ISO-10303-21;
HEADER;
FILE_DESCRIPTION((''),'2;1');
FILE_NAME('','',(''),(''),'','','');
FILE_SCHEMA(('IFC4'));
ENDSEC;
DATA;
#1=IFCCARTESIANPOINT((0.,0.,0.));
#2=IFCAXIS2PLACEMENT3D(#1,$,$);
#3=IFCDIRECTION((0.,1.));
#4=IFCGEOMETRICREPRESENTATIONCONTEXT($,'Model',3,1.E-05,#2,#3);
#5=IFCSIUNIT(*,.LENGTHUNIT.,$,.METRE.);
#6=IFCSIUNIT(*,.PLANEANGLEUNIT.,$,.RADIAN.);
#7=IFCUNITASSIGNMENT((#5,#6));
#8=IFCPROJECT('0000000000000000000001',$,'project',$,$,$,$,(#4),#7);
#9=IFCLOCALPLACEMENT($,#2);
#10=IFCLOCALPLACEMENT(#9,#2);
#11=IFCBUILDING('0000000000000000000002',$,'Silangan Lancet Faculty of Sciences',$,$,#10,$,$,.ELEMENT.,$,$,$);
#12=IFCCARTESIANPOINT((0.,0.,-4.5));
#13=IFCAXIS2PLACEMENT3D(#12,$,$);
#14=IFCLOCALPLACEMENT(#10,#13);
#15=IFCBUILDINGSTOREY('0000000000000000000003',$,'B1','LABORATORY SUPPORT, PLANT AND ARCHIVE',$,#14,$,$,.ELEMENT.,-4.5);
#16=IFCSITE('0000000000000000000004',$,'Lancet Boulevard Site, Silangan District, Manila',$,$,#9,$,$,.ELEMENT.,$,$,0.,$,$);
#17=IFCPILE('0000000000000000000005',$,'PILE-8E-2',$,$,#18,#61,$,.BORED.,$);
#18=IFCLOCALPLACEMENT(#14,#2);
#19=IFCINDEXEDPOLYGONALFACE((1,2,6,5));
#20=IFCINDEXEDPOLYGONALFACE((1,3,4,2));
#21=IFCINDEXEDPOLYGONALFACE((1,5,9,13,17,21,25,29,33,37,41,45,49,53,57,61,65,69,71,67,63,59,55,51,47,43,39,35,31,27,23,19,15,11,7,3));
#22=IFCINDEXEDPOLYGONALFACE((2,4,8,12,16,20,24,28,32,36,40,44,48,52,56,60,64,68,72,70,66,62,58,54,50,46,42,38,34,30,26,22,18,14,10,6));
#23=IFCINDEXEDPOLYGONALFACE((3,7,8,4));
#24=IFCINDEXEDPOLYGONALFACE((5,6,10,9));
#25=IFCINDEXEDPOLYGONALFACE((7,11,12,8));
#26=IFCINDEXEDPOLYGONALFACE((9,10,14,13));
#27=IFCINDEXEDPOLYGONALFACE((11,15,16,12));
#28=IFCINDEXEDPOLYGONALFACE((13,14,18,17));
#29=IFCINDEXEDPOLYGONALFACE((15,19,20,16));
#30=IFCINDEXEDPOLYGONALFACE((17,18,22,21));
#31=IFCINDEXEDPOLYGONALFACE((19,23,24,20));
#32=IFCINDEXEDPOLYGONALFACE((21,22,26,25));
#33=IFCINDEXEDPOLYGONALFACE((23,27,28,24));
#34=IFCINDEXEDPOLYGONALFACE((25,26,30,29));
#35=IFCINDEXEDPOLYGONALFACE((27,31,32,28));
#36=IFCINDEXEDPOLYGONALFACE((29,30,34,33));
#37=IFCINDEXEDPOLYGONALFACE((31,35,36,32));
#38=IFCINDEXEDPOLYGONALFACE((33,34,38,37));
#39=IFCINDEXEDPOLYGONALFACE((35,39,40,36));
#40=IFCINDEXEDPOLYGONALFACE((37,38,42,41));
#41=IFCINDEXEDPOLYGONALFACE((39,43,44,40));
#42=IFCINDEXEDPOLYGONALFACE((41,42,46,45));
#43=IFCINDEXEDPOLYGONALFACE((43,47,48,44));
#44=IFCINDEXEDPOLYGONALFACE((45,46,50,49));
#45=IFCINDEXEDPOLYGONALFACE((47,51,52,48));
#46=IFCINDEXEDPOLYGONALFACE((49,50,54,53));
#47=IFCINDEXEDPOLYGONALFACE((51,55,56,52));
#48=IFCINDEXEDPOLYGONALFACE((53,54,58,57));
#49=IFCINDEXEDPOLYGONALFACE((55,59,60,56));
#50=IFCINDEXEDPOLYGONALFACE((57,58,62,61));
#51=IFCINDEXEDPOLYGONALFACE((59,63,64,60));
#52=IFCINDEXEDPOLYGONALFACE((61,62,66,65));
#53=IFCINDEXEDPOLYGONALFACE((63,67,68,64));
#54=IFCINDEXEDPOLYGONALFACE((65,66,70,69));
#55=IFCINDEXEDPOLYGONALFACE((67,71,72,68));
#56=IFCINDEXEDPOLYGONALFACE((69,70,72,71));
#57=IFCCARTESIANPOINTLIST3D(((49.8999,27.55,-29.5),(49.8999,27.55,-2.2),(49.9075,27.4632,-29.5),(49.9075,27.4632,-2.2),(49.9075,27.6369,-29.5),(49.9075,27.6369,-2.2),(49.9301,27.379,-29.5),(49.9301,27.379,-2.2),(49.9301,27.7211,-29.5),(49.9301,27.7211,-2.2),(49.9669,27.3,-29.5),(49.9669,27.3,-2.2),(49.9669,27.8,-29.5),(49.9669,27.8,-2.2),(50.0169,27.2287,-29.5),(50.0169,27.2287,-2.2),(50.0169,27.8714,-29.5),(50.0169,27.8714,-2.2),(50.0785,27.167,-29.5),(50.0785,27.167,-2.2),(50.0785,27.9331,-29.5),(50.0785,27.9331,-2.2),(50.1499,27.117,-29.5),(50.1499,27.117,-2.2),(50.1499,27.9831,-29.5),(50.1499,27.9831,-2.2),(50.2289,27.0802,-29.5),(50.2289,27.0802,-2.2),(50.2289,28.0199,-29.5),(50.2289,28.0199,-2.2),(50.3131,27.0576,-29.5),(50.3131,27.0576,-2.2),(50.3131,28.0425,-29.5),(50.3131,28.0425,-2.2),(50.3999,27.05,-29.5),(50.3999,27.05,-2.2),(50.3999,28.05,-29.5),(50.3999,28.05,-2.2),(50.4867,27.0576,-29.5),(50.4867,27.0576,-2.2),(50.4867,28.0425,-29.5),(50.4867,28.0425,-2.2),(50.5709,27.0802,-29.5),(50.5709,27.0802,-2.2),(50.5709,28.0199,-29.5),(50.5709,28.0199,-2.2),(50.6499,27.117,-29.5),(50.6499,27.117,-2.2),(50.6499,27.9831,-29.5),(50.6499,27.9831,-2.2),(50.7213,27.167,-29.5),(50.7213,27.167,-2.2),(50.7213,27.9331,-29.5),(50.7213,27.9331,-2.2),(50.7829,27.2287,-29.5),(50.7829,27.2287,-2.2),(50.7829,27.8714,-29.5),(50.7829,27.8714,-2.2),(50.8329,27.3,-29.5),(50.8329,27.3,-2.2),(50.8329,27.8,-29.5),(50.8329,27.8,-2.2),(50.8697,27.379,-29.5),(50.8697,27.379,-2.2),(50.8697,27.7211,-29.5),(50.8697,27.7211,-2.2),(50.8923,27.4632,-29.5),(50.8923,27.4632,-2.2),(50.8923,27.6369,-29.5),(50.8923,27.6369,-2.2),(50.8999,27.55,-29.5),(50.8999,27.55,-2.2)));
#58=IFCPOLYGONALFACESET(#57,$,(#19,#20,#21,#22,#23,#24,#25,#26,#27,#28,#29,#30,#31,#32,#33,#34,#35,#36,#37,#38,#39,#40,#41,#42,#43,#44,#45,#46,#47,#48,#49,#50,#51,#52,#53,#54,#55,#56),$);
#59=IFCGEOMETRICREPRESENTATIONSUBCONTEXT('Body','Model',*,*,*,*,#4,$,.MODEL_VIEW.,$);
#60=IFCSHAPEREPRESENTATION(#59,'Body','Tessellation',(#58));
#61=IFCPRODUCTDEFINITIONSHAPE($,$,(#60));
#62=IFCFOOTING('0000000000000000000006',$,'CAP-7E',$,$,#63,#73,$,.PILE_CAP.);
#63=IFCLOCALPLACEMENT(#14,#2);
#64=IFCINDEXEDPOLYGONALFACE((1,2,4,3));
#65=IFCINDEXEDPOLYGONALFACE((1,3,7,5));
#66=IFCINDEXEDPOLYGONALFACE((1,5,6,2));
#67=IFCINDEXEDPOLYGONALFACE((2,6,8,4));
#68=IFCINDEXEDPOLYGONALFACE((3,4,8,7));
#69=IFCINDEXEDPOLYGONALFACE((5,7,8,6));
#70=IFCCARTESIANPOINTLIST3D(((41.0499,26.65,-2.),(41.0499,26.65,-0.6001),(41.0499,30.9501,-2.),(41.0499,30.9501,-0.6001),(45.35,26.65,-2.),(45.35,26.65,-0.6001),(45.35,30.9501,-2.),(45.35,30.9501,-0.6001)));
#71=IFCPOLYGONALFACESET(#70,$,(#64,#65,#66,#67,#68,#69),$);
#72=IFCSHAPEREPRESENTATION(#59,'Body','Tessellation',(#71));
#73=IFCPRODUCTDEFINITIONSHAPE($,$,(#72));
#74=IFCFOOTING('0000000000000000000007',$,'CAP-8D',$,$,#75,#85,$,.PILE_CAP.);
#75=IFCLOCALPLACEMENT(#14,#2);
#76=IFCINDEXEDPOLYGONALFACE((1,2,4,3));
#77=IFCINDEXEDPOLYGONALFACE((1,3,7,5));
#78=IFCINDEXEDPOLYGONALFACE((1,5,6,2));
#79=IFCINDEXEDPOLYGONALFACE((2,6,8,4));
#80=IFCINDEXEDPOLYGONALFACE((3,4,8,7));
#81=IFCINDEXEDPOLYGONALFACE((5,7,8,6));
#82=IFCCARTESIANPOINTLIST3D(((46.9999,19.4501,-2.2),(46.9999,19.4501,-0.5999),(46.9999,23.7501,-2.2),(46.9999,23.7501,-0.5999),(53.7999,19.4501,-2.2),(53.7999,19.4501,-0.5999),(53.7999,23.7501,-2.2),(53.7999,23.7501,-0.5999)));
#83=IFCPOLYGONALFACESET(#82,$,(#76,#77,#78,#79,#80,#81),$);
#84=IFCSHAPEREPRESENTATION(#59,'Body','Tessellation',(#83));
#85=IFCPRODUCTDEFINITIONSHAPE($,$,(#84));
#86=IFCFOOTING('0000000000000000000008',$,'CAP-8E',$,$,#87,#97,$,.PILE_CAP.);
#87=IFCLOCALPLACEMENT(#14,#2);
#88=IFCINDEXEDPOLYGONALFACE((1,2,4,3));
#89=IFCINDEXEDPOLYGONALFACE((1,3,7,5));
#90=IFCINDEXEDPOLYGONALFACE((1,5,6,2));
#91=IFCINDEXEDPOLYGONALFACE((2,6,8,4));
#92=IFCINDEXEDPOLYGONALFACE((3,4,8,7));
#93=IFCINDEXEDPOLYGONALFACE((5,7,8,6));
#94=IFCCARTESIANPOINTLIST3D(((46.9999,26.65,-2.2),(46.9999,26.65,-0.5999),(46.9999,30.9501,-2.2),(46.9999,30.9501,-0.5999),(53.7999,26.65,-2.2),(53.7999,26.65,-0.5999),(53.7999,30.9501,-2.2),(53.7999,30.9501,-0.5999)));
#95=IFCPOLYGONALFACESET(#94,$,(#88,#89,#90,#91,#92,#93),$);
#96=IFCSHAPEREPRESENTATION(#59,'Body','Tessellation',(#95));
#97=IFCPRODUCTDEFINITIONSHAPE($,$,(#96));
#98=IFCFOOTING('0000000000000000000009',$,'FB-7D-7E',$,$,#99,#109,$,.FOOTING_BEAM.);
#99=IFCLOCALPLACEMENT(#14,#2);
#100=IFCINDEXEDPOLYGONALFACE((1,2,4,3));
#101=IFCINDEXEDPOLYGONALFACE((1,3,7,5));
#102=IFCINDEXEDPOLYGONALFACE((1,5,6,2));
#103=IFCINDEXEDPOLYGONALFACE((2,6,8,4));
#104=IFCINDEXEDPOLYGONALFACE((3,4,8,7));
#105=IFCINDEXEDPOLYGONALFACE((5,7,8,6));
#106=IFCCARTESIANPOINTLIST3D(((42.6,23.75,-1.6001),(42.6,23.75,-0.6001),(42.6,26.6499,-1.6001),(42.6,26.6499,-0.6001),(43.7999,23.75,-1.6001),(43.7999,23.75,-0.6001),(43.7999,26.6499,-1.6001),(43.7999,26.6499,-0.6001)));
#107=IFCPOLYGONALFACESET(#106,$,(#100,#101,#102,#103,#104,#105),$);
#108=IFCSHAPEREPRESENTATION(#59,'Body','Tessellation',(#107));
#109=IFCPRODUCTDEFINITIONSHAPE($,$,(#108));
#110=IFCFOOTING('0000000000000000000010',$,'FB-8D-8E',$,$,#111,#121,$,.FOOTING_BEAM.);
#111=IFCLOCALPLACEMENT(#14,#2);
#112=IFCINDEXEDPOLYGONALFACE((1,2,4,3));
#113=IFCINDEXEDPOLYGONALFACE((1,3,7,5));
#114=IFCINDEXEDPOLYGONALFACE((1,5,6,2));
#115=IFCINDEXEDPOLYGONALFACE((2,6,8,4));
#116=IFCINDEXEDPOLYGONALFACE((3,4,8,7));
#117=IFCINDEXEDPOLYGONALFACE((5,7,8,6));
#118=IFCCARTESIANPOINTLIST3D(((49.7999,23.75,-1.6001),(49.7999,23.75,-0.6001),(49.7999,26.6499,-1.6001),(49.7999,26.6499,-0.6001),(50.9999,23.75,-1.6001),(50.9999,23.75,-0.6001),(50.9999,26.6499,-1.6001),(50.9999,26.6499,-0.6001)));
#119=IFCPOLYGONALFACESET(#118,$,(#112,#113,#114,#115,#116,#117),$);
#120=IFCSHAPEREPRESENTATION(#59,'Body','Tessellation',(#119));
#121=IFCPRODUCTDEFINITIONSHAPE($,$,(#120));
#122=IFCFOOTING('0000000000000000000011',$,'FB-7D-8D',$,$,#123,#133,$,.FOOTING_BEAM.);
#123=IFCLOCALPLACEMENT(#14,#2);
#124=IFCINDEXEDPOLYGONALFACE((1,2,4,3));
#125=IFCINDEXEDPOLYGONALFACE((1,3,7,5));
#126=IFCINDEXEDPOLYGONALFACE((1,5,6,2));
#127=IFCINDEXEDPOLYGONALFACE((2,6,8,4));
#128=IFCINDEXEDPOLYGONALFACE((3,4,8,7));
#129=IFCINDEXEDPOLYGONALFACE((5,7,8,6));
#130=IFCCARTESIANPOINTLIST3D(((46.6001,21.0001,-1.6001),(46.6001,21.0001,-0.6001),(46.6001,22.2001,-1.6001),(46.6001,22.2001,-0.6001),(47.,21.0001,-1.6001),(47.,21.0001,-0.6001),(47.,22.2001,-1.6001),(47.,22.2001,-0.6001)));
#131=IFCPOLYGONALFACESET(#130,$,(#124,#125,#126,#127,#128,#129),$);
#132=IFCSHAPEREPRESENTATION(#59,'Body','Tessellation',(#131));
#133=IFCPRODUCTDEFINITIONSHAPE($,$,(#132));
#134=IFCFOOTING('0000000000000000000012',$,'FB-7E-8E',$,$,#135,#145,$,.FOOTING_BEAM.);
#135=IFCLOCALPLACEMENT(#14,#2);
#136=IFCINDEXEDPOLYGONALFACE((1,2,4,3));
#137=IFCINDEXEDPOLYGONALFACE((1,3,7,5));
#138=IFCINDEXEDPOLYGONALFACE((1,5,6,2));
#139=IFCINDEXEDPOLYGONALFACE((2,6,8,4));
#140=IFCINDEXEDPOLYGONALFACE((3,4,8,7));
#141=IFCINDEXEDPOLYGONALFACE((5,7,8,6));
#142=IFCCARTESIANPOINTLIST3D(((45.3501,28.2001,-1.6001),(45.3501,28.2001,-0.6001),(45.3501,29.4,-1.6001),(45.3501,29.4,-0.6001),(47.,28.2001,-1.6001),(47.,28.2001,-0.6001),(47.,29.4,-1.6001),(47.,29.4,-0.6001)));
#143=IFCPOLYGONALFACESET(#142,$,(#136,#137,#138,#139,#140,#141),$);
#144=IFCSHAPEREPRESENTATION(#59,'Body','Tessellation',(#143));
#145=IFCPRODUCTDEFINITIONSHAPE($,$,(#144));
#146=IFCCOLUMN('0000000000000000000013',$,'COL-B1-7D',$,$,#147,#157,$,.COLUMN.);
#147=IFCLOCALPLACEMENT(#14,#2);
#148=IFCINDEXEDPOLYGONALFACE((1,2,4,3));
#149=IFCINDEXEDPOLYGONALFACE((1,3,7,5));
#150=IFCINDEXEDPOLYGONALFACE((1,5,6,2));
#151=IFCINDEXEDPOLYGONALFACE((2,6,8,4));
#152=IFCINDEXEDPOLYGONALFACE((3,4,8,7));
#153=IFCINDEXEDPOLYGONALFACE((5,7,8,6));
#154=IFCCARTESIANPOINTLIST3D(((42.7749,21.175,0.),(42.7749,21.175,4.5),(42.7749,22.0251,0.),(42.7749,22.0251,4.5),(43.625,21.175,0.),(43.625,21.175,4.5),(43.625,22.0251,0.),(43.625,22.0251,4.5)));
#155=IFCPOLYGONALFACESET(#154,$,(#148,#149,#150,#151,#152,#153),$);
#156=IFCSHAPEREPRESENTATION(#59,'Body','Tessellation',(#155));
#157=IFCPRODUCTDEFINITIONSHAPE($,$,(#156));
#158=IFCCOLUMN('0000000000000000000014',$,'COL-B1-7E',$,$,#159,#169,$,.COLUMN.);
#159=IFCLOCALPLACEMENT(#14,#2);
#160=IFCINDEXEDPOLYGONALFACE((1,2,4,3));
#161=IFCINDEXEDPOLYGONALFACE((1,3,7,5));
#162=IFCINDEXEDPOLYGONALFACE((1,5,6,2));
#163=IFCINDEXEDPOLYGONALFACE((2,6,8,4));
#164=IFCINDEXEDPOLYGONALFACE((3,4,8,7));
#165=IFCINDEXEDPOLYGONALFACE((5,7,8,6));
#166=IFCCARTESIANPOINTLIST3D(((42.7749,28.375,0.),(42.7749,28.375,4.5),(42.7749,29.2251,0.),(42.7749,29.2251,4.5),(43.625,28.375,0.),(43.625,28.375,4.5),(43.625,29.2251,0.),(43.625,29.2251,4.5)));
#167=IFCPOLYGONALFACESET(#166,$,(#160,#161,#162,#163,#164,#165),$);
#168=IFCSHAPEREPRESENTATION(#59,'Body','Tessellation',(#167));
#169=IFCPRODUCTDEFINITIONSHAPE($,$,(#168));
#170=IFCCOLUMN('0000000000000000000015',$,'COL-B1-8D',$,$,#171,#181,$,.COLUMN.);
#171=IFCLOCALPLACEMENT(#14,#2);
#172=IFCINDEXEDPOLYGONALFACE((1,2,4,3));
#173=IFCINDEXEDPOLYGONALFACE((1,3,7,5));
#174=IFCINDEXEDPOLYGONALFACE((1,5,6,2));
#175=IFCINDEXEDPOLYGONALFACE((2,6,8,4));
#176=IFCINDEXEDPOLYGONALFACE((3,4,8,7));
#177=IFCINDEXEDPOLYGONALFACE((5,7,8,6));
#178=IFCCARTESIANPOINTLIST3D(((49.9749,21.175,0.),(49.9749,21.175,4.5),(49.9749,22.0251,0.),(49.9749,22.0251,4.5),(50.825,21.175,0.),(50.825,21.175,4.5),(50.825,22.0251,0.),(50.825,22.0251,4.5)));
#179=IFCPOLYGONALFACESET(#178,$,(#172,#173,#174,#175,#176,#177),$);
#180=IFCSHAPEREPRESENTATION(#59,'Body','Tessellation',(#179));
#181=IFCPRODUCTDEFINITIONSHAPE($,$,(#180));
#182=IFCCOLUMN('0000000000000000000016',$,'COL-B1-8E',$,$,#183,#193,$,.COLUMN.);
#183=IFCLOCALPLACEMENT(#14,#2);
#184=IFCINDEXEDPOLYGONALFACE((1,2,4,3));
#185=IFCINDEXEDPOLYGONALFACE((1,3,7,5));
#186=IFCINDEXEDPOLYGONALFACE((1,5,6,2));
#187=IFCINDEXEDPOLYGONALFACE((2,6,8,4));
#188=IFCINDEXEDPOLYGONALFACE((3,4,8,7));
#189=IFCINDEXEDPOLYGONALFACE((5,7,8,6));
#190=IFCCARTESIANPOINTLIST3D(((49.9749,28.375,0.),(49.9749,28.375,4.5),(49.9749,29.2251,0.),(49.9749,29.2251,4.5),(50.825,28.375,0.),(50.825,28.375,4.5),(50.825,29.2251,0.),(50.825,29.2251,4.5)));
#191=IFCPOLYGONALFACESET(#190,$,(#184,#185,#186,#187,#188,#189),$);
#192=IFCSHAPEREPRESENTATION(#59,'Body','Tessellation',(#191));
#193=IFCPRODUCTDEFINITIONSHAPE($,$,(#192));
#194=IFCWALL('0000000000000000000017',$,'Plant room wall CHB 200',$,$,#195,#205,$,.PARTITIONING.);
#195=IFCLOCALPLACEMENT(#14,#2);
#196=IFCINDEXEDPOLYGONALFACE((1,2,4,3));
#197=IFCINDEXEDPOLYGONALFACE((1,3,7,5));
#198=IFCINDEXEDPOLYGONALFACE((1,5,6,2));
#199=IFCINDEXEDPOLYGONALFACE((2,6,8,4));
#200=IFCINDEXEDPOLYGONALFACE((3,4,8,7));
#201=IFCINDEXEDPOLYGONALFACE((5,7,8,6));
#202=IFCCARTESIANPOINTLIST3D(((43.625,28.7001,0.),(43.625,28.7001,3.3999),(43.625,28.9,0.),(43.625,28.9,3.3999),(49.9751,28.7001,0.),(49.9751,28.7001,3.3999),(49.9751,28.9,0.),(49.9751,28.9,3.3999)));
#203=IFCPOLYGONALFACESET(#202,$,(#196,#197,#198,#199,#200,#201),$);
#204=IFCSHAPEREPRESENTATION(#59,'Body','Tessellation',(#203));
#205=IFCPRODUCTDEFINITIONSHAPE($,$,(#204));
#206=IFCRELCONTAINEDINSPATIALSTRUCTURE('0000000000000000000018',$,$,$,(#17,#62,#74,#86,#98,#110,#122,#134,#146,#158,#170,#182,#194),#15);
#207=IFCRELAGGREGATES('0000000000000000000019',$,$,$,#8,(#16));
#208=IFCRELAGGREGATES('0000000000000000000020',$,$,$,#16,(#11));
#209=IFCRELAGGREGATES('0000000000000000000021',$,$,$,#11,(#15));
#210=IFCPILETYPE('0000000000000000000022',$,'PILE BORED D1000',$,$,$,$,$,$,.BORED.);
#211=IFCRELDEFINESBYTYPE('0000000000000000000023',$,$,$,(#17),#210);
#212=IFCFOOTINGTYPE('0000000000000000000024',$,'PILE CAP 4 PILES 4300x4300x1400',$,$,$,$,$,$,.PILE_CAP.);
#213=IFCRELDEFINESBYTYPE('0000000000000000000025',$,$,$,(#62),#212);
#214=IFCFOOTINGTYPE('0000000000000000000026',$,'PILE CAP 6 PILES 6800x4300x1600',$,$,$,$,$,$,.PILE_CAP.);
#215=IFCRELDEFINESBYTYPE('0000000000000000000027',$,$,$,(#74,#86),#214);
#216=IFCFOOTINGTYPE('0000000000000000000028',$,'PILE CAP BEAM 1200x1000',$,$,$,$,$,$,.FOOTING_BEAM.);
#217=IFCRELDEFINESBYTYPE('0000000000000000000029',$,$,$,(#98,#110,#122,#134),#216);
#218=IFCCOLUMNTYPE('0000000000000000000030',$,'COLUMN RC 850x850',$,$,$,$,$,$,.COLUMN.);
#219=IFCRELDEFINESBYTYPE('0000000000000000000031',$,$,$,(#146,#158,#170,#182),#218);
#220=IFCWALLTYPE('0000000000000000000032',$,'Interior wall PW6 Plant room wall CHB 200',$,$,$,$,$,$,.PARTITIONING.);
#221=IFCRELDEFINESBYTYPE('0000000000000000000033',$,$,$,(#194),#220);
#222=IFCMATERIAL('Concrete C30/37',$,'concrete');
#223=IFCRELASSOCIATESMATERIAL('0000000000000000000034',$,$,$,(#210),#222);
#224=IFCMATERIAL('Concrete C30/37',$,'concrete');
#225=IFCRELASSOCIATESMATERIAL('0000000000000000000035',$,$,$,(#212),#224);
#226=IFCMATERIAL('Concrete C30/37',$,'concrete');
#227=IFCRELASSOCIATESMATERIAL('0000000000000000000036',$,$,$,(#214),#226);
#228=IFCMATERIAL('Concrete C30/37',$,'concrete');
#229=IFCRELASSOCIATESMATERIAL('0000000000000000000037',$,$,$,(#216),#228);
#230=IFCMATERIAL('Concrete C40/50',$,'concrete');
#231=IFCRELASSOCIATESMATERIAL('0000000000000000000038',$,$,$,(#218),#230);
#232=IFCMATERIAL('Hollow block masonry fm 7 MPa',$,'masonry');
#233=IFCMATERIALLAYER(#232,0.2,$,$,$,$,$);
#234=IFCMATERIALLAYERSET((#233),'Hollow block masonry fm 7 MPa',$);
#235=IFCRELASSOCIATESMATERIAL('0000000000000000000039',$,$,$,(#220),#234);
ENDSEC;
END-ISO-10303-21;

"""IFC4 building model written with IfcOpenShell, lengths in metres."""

from ifc_helpers import new_model, si_unit, direction, frame, frame_2d, origin, origin_2d, place, context, subcontext, project, spatial, rectangle, circle, extrude, material, layer, layer_set, material_profile, profile_set, type_object, element, save


model = new_model("IFC4")

# Units and contexts
model_context = context("Model", 3, precision=1e-05, world=origin(), true_north=direction((0.0, 1.0)))
body_context = subcontext(model_context, "Body", "Model", "MODEL_VIEW")
ifc_project = project(units=[si_unit("LENGTHUNIT", "METRE"), si_unit("PLANEANGLEUNIT", "RADIAN")], contexts=[model_context])

# Site, building, storey
site_placement = place(None, origin())
site = spatial("IfcSite", under=ifc_project, at=site_placement, Name="Lancet Boulevard Site, Silangan District, Manila", CompositionType="ELEMENT", RefElevation=0.0)
building_placement = place(site_placement, origin())
building = spatial("IfcBuilding", under=site, at=building_placement, Name="Silangan Lancet Faculty of Sciences", CompositionType="ELEMENT")
storey_placement = place(building_placement, frame((0.0, 0.0, -4.5)))
storey = spatial("IfcBuildingStorey", under=building, at=storey_placement, Name="B1", Description="LABORATORY SUPPORT, PLANT AND ARCHIVE", CompositionType="ELEMENT", Elevation=-4.5)

# Pile
ifc_material_1 = material(Name="Concrete C30/37", Category="concrete")
ifc_material_profile_1 = material_profile(ifc_material_1, circle(Radius=0.5, at=origin_2d()), Name="BORED PILE D1000")
ifc_profile_set_1 = profile_set([ifc_material_profile_1], Name="Concrete C30/37")
pile_type = type_object("IfcPileType", Name="PILE BORED D1000", PredefinedType="BORED", material=ifc_profile_set_1)
for number, where, z_axis, x_axis, name in (
    (1, (50.3999, 27.55, -2.2), (0.0, 0.0, -1.0), (1.0, 0.0, 0.0), "PILE-8E-2"),
):
    element("IfcPile", number, at=place(storey_placement, frame(where, z_axis=z_axis, x_axis=x_axis)), inside=storey, type_object=pile_type, Name=name, PredefinedType="BORED", context=body_context, shape_type="SweptSolid", body=[
        extrude(circle(Radius=0.5, at=origin_2d()), origin(), (0.0, 0.0, 1.0), 27.3),
    ])

# Footings
ifc_material_2 = material(Name="Concrete C30/37", Category="concrete")
footing_type_1 = type_object("IfcFootingType", Name="PILE CAP 4 PILES 4300x4300x1400", PredefinedType="PILE_CAP", material=ifc_material_2)
footing_1_placement = place(storey_placement, frame((43.2, 28.8, -2.0), z_axis=(0.0, 0.0, 1.0), x_axis=(1.0, 0.0, 0.0)))
element("IfcFooting", 2, at=footing_1_placement, inside=storey, type_object=footing_type_1, Name="CAP-7E", PredefinedType="PILE_CAP", context=body_context, shape_type="SweptSolid", body=[
    extrude(rectangle(XDim=4.3, YDim=4.3, at=origin_2d()), origin(), (0.0, 0.0, 1.0), 1.3999),
])
ifc_material_3 = material(Name="Concrete C30/37", Category="concrete")
footing_type_2 = type_object("IfcFootingType", Name="PILE CAP 6 PILES 6800x4300x1600", PredefinedType="PILE_CAP", material=ifc_material_3)
for number, where, z_axis, x_axis, name in (
    (3, (50.3999, 21.6001, -2.2), (0.0, 0.0, 1.0), (1.0, 0.0, 0.0), "CAP-8D"),
    (4, (50.3999, 28.8, -2.2), (0.0, 0.0, 1.0), (1.0, 0.0, 0.0), "CAP-8E"),
):
    element("IfcFooting", number, at=place(storey_placement, frame(where, z_axis=z_axis, x_axis=x_axis)), inside=storey, type_object=footing_type_2, Name=name, PredefinedType="PILE_CAP", context=body_context, shape_type="SweptSolid", body=[
        extrude(rectangle(XDim=6.8, YDim=4.3, at=origin_2d()), origin(), (0.0, 0.0, 1.0), 1.6001),
    ])
ifc_material_4 = material(Name="Concrete C30/37", Category="concrete")
footing_type_3 = type_object("IfcFootingType", Name="PILE CAP BEAM 1200x1000", PredefinedType="FOOTING_BEAM", material=ifc_material_4)
for number, where, z_axis, x_axis, name in (
    (5, (43.2, 25.2, -1.6001), (0.0, 0.0, 1.0), (0.0, 1.0, 0.0), "FB-7D-7E"),
    (6, (50.3999, 25.2, -1.6001), (0.0, 0.0, 1.0), (0.0, 1.0, 0.0), "FB-8D-8E"),
):
    element("IfcFooting", number, at=place(storey_placement, frame(where, z_axis=z_axis, x_axis=x_axis)), inside=storey, type_object=footing_type_3, Name=name, PredefinedType="FOOTING_BEAM", context=body_context, shape_type="SweptSolid", body=[
        extrude(rectangle(XDim=2.8999, YDim=1.2, at=origin_2d()), origin(), (0.0, 0.0, 1.0), 1.0),
    ])
footing_2_placement = place(storey_placement, frame((46.8, 21.6001, -1.6001), z_axis=(0.0, 0.0, 1.0), x_axis=(1.0, 0.0, 0.0)))
element("IfcFooting", 7, at=footing_2_placement, inside=storey, type_object=footing_type_3, Name="FB-7D-8D", PredefinedType="FOOTING_BEAM", context=body_context, shape_type="SweptSolid", body=[
    extrude(rectangle(XDim=0.3999, YDim=1.2, at=origin_2d()), origin(), (0.0, 0.0, 1.0), 1.0),
])
footing_3_placement = place(storey_placement, frame((46.175, 28.8, -1.6001), z_axis=(0.0, 0.0, 1.0), x_axis=(1.0, 0.0, 0.0)))
element("IfcFooting", 8, at=footing_3_placement, inside=storey, type_object=footing_type_3, Name="FB-7E-8E", PredefinedType="FOOTING_BEAM", context=body_context, shape_type="SweptSolid", body=[
    extrude(rectangle(XDim=1.6499, YDim=1.2, at=origin_2d()), origin(), (0.0, 0.0, 1.0), 1.0),
])

# Columns
ifc_material_5 = material(Name="Concrete C40/50", Category="concrete")
ifc_material_profile_2 = material_profile(ifc_material_5, rectangle(XDim=0.8501, YDim=0.8501, at=origin_2d()), Name="RC 850x850")
ifc_profile_set_2 = profile_set([ifc_material_profile_2], Name="Concrete C40/50")
column_type = type_object("IfcColumnType", Name="COLUMN RC 850x850", PredefinedType="COLUMN", material=ifc_profile_set_2)
for number, where, z_axis, x_axis, name in (
    (9, (43.2, 21.6001, 0.0), (0.0, 0.0, 1.0), (1.0, 0.0, 0.0), "COL-B1-7D"),
    (10, (43.2, 28.8, 0.0), (0.0, 0.0, 1.0), (1.0, 0.0, 0.0), "COL-B1-7E"),
    (11, (50.3999, 21.6001, 0.0), (0.0, 0.0, 1.0), (1.0, 0.0, 0.0), "COL-B1-8D"),
    (12, (50.3999, 28.8, 0.0), (0.0, 0.0, 1.0), (1.0, 0.0, 0.0), "COL-B1-8E"),
):
    element("IfcColumn", number, at=place(storey_placement, frame(where, z_axis=z_axis, x_axis=x_axis)), inside=storey, type_object=column_type, Name=name, PredefinedType="COLUMN", context=body_context, shape_type="SweptSolid", body=[
        extrude(rectangle(XDim=0.8501, YDim=0.8501, at=origin_2d()), origin(), (0.0, 0.0, 1.0), 4.5),
    ])

# Wall
ifc_material_6 = material(Name="Hollow block masonry fm 7 MPa", Category="masonry")
ifc_layer = layer(ifc_material_6, 0.2)
ifc_layer_set = layer_set([ifc_layer], Name="Hollow block masonry fm 7 MPa")
wall_type = type_object("IfcWallType", Name="Interior wall PW6 Plant room wall CHB 200", PredefinedType="PARTITIONING", material=ifc_layer_set)
wall_placement = place(storey_placement, frame((43.625, 28.8, 0.0), z_axis=(0.0, 0.0, 1.0), x_axis=(1.0, 0.0, 0.0)))
element("IfcWall", 13, at=wall_placement, inside=storey, type_object=wall_type, Name="Plant room wall CHB 200", PredefinedType="PARTITIONING", context=body_context, shape_type="SweptSolid", body=[
    extrude(rectangle(XDim=6.3501, YDim=0.2, at=frame_2d((3.175, 0.0))), origin(), (0.0, 0.0, 1.0), 3.3999),
])

save(model, "model.ifc")
